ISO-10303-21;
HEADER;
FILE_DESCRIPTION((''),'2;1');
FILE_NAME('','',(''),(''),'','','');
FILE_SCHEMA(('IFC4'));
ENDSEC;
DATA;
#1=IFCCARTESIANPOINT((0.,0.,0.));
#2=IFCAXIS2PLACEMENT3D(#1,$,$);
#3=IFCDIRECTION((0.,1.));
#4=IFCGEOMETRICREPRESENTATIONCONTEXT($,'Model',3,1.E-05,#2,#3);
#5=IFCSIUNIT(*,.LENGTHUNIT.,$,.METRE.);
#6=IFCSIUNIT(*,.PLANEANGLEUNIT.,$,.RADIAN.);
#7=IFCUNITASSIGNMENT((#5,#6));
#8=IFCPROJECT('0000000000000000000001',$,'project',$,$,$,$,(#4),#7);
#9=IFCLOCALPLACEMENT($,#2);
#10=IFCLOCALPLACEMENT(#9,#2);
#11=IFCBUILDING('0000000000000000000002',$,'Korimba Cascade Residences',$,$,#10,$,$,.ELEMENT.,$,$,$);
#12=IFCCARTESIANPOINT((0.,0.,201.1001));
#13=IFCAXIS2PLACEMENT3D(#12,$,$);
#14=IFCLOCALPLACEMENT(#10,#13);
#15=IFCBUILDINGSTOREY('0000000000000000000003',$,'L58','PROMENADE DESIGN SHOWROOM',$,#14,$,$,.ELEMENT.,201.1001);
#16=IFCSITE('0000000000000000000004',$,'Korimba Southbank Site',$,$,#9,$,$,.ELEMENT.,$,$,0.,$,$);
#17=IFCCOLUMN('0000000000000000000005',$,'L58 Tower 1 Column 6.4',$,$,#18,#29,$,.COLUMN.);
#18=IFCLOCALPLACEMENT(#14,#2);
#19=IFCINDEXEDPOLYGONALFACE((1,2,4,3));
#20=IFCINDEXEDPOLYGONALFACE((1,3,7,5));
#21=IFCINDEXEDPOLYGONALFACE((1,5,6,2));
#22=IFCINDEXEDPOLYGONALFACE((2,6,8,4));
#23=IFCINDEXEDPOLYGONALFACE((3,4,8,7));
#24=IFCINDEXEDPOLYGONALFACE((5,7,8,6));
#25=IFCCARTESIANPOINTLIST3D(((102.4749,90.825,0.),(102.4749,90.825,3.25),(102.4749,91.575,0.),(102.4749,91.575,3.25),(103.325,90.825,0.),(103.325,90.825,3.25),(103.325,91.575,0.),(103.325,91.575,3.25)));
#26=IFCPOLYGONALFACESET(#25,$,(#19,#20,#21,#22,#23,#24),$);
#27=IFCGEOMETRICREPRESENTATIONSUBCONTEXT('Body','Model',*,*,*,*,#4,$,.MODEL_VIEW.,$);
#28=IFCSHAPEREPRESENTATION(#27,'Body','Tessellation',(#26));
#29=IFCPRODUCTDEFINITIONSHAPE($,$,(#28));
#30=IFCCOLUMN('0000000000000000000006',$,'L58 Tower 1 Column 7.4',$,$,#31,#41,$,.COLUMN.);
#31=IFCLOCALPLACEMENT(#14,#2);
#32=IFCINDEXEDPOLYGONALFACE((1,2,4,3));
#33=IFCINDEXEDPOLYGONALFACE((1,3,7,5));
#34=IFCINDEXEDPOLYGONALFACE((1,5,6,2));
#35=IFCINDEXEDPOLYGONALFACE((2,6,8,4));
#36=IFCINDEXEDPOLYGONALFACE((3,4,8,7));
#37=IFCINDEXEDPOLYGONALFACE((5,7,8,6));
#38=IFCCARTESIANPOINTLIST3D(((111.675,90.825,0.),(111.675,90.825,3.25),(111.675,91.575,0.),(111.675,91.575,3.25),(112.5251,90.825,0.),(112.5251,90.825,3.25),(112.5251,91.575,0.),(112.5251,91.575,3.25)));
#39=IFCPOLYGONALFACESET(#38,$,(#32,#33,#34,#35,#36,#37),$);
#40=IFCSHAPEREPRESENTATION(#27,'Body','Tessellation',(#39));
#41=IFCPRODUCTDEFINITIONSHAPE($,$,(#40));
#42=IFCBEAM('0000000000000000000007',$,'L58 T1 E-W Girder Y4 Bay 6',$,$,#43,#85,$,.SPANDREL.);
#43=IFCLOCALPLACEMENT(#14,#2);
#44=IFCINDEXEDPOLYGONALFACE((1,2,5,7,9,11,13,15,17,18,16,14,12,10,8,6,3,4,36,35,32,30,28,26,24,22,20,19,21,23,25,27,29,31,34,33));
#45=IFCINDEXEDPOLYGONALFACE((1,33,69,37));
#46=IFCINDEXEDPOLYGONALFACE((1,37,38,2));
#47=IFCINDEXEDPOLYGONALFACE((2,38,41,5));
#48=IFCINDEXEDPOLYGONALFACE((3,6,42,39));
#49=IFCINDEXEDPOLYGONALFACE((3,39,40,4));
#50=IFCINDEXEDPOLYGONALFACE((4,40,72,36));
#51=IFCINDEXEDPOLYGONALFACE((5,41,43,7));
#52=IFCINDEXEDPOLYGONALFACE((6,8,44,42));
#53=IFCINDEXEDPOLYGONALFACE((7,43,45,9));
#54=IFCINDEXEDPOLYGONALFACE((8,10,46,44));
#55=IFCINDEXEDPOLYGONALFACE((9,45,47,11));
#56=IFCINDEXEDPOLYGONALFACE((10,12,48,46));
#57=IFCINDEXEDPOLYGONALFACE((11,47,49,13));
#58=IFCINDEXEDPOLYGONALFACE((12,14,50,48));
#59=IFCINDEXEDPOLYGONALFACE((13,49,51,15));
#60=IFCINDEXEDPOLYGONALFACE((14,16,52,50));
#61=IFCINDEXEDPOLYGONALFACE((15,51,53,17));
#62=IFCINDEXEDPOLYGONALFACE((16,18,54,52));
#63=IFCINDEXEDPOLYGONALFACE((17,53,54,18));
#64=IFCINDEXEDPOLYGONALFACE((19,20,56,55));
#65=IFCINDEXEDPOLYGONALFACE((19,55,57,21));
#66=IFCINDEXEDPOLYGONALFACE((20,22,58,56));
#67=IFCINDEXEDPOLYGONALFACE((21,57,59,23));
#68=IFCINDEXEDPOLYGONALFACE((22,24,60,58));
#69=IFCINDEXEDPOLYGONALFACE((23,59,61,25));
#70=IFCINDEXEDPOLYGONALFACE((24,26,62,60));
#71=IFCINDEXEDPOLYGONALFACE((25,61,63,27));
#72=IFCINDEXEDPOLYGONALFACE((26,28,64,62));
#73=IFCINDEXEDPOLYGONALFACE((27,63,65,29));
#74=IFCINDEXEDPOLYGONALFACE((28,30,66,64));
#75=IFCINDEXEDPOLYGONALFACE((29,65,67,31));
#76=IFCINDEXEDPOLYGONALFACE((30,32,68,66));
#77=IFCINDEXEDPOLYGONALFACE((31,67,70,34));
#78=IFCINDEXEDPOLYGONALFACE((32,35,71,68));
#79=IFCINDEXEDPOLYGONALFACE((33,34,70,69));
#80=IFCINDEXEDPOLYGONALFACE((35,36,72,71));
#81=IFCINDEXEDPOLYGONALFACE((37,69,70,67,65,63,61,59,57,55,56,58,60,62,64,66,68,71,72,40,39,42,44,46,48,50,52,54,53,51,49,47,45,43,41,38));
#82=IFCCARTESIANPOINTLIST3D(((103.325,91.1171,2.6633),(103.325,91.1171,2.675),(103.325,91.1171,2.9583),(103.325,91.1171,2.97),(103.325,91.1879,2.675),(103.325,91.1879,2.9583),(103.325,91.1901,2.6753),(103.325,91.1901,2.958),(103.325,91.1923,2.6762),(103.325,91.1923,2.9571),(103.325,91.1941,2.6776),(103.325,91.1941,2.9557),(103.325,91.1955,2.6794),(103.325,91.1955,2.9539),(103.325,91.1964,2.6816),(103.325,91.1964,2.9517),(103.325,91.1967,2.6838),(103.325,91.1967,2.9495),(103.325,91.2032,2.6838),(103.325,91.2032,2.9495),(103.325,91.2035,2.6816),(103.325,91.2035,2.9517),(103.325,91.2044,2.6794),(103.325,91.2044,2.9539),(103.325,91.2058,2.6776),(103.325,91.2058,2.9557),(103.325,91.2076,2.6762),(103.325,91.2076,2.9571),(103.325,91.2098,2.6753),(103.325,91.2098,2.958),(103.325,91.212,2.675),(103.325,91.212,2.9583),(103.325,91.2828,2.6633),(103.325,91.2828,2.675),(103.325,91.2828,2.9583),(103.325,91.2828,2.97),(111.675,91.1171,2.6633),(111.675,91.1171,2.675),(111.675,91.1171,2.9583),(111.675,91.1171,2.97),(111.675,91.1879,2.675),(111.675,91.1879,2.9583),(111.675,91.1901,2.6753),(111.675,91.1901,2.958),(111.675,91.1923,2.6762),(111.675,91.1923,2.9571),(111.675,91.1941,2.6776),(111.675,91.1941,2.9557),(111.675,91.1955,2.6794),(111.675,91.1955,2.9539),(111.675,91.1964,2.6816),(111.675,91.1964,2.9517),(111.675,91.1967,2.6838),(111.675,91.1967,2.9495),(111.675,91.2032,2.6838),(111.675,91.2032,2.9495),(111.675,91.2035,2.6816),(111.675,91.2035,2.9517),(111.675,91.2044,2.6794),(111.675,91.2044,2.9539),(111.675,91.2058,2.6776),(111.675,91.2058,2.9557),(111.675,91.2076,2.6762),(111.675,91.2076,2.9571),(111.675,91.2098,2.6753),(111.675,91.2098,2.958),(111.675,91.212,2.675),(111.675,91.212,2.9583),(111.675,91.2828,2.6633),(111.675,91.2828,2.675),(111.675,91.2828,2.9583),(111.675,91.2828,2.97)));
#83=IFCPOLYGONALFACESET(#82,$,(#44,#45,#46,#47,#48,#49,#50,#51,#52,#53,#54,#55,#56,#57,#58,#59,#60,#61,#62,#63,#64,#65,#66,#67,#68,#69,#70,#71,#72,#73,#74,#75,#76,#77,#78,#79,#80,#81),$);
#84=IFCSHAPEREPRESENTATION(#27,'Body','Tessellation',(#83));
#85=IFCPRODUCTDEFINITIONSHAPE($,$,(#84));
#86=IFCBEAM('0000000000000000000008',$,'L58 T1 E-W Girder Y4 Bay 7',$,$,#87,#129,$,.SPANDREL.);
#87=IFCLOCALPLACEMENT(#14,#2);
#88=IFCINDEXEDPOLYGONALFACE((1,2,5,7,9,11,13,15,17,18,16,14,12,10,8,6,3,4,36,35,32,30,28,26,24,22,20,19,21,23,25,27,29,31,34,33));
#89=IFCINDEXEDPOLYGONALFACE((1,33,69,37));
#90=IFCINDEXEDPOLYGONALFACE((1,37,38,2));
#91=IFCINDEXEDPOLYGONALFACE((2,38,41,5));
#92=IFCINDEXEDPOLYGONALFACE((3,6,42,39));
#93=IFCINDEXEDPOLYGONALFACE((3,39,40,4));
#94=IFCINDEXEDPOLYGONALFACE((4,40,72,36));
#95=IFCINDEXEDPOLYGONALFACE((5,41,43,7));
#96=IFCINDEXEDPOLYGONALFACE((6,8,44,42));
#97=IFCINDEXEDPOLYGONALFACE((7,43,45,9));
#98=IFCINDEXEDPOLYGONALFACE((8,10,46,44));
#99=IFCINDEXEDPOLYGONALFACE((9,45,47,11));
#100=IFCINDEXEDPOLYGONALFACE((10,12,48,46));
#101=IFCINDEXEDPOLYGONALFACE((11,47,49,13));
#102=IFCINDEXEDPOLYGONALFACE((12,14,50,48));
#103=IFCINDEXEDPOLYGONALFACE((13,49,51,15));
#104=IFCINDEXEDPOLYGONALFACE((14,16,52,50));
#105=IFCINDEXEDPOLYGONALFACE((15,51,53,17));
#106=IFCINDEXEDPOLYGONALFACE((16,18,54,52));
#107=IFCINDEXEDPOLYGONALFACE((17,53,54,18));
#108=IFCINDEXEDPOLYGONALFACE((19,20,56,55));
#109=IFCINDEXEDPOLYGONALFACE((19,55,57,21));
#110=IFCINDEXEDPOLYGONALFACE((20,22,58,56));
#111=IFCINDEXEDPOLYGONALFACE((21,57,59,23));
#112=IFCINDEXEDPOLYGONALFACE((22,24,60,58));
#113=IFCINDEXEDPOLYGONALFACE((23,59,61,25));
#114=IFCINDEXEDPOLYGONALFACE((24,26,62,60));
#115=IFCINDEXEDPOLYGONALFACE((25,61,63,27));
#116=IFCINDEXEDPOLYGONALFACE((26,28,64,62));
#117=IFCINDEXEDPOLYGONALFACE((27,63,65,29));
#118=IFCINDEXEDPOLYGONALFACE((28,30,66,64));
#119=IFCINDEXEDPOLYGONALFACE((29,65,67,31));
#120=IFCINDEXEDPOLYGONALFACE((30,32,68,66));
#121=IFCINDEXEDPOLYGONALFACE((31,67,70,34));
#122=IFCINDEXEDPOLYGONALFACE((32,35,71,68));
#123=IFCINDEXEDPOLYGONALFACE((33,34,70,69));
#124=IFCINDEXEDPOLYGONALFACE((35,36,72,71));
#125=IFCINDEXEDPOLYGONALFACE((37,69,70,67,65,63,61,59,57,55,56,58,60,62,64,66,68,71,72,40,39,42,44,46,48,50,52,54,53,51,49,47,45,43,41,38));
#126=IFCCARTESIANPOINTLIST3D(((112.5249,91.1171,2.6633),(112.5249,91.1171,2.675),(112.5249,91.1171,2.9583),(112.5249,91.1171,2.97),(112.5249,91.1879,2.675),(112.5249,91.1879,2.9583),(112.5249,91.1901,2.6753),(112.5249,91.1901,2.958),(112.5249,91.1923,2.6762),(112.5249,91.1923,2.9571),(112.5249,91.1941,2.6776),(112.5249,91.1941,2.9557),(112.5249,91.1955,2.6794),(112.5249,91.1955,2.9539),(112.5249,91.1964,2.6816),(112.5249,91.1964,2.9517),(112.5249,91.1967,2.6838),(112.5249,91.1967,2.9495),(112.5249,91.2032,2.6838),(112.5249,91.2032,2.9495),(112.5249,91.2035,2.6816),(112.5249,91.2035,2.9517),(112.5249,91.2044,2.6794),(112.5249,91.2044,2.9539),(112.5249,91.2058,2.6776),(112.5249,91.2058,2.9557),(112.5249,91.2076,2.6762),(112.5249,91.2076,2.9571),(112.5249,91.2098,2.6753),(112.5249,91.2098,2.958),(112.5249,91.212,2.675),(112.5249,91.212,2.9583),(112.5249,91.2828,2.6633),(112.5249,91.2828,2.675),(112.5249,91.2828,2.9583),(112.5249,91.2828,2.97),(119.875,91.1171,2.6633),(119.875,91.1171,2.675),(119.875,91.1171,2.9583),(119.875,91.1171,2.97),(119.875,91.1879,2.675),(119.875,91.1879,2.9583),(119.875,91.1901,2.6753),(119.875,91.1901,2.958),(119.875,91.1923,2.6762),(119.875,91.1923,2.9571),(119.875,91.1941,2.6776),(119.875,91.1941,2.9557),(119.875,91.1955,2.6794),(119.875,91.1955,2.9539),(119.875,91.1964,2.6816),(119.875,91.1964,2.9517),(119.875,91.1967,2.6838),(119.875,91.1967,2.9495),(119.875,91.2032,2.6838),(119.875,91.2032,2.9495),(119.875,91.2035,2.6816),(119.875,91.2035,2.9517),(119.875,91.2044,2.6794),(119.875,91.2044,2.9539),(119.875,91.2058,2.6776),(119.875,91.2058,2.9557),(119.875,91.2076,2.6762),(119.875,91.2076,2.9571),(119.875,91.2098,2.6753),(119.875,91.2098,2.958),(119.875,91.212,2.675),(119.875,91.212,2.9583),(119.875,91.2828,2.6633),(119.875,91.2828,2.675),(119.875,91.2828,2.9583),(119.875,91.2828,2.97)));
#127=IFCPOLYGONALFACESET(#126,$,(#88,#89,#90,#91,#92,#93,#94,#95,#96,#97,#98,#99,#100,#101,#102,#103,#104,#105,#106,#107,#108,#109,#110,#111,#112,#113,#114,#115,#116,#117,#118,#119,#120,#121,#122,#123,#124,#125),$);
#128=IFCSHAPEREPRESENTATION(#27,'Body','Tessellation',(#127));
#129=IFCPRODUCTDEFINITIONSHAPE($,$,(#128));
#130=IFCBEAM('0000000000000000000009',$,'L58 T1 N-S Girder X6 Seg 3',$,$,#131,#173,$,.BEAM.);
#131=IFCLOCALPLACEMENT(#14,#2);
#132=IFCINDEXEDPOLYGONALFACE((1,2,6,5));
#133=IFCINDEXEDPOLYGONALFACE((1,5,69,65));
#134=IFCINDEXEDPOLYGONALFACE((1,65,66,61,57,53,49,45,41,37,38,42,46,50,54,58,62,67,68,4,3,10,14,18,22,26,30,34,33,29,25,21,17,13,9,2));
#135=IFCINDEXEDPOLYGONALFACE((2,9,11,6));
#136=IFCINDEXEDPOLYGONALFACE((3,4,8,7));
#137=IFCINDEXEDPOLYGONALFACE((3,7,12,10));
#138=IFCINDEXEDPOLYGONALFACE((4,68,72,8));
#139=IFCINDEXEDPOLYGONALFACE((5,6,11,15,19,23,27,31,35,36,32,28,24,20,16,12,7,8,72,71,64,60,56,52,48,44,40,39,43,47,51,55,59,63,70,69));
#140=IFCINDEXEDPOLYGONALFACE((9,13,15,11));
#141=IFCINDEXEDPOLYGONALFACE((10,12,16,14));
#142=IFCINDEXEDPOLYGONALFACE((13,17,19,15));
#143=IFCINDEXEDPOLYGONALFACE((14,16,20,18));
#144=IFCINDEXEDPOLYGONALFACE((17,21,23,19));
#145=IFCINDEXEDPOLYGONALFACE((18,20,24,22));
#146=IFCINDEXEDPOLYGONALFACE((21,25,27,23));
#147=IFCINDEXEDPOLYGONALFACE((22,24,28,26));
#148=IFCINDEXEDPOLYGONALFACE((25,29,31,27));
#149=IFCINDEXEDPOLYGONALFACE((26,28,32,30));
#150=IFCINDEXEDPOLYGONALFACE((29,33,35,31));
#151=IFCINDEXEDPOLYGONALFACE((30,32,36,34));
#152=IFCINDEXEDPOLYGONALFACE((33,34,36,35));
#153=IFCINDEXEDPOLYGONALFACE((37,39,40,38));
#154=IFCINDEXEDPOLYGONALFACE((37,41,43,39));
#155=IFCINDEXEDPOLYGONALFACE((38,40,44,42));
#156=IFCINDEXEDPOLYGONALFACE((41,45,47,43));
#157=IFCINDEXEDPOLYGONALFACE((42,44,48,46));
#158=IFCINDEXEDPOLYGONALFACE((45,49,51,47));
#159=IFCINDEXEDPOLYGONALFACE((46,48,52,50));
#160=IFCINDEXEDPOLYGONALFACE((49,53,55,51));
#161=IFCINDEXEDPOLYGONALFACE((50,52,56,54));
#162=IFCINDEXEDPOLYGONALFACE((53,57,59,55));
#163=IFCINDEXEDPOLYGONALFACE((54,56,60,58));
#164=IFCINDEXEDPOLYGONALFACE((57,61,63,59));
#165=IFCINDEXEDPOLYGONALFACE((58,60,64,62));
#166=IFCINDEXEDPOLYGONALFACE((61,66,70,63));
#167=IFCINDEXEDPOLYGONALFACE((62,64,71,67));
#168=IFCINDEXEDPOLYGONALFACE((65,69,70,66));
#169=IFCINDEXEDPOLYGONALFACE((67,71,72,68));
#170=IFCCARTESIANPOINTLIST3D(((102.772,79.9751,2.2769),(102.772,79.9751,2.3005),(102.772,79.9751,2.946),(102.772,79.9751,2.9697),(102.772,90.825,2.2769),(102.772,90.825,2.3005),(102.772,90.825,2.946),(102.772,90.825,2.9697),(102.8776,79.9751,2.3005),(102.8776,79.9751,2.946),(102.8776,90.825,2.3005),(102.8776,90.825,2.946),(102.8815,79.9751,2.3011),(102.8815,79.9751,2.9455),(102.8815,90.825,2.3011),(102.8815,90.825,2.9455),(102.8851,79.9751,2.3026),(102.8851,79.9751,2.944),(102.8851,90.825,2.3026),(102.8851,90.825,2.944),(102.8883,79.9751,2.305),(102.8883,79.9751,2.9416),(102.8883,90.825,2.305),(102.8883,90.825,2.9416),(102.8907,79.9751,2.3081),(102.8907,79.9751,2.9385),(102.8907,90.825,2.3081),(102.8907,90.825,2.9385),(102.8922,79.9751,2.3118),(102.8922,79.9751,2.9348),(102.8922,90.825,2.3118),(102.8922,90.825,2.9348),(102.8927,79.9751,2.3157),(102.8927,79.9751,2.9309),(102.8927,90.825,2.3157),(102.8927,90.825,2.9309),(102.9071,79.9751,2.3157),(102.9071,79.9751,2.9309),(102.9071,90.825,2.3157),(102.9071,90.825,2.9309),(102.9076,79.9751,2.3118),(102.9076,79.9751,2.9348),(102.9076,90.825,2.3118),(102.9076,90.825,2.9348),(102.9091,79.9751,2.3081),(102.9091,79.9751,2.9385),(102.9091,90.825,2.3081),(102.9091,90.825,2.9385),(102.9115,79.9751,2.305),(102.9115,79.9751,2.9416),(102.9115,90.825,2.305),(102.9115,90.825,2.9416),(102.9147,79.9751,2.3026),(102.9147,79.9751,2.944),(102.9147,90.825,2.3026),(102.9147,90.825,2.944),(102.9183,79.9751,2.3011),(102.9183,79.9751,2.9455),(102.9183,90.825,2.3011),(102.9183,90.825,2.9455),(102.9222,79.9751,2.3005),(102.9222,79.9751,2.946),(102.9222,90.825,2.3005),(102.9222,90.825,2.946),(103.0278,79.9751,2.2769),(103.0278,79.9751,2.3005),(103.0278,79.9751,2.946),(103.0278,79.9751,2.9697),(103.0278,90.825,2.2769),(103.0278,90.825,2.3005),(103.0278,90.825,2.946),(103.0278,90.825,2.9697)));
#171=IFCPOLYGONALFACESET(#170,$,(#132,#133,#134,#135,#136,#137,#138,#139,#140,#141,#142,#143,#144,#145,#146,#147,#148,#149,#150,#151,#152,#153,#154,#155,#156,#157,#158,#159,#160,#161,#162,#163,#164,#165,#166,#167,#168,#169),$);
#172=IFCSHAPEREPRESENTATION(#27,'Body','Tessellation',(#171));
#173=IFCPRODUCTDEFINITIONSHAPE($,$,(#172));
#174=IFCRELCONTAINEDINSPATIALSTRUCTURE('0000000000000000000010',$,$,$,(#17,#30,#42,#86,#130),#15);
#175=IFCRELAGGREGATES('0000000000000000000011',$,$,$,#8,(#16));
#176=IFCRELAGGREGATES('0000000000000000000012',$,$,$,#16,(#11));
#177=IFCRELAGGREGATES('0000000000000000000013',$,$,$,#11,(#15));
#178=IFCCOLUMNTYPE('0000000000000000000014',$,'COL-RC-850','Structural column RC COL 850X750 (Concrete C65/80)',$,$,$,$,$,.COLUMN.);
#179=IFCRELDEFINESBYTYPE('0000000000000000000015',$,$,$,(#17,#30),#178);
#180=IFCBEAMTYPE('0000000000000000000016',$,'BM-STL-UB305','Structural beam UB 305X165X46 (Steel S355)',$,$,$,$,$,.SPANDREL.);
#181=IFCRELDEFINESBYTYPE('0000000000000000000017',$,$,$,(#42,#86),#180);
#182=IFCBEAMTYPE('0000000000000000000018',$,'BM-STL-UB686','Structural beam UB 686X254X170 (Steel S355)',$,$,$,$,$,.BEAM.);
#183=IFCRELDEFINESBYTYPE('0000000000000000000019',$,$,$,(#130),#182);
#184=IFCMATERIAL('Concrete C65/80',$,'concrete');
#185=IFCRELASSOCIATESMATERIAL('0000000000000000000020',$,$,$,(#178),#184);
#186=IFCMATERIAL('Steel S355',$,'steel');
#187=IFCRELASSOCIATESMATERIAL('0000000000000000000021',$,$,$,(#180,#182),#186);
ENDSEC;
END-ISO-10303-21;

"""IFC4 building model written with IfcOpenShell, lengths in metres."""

from ifc_helpers import new_model, si_unit, direction, frame, origin, origin_2d, place, context, subcontext, project, spatial, rectangle, i_section, extrude, material, material_profile, profile_set, type_object, element, save


model = new_model("IFC4")

# Units and contexts
model_context = context("Model", 3, precision=1e-05, world=origin(), true_north=direction((0.0, 1.0)))
body_context = subcontext(model_context, "Body", "Model", "MODEL_VIEW")
ifc_project = project(units=[si_unit("LENGTHUNIT", "METRE"), si_unit("PLANEANGLEUNIT", "RADIAN")], contexts=[model_context])

# Site, building, storey
site_placement = place(None, origin())
site = spatial("IfcSite", under=ifc_project, at=site_placement, Name="Korimba Southbank Site", CompositionType="ELEMENT", RefElevation=0.0)
building_placement = place(site_placement, origin())
building = spatial("IfcBuilding", under=site, at=building_placement, Name="Korimba Cascade Residences", CompositionType="ELEMENT")
storey_placement = place(building_placement, frame((0.0, 0.0, 201.1001)))
storey = spatial("IfcBuildingStorey", under=building, at=storey_placement, Name="L58", Description="PROMENADE DESIGN SHOWROOM", CompositionType="ELEMENT", Elevation=201.1001)

# Columns
ifc_material_1 = material(Name="Concrete C65/80", Category="concrete")
ifc_material_profile_1 = material_profile(ifc_material_1, rectangle(XDim=0.8501, YDim=0.75, at=origin_2d()), Name="Concrete C65/80")
ifc_profile_set_1 = profile_set([ifc_material_profile_1], Name="Concrete C65/80")
column_type = type_object("IfcColumnType", Name="COL-RC-850", Description="Structural column RC COL 850X750 (Concrete C65/80)", PredefinedType="COLUMN", material=ifc_profile_set_1)
for number, where, z_axis, x_axis, name in (
    (1, (102.8999, 91.2, 0.0), (0.0, 0.0, 1.0), (1.0, 0.0, 0.0), "L58 Tower 1 Column 6.4"),
    (2, (112.1001, 91.2, 0.0), (0.0, 0.0, 1.0), (1.0, 0.0, 0.0), "L58 Tower 1 Column 7.4"),
):
    element("IfcColumn", number, at=place(storey_placement, frame(where, z_axis=z_axis, x_axis=x_axis)), inside=storey, type_object=column_type, Name=name, PredefinedType="COLUMN", context=body_context, shape_type="SweptSolid", body=[
        extrude(rectangle(XDim=0.8501, YDim=0.75, at=origin_2d()), origin(), (0.0, 0.0, 1.0), 3.25),
    ])

# Beams
ifc_material_2 = material(Name="Steel S355", Category="steel")
ifc_material_profile_2 = material_profile(ifc_material_2, i_section(OverallWidth=0.1658, OverallDepth=0.3066, WebThickness=0.0066, FlangeThickness=0.0117, FilletRadius=0.0088, at=origin_2d()), Name="Steel S355")
ifc_profile_set_2 = profile_set([ifc_material_profile_2], Name="Steel S355")
beam_type_1 = type_object("IfcBeamType", Name="BM-STL-UB305", Description="Structural beam UB 305X165X46 (Steel S355)", PredefinedType="SPANDREL", material=ifc_profile_set_2)
beam_1_placement = place(storey_placement, frame((103.325, 91.2, 2.8167), z_axis=(1.0, 0.0, 0.0), x_axis=(0.0, 1.0, 0.0)))
element("IfcBeam", 3, at=beam_1_placement, inside=storey, type_object=beam_type_1, Name="L58 T1 E-W Girder Y4 Bay 6", PredefinedType="SPANDREL", context=body_context, shape_type="SweptSolid", body=[
    extrude(i_section(OverallWidth=0.1658, OverallDepth=0.3066, WebThickness=0.0066, FlangeThickness=0.0117, FilletRadius=0.0088, at=origin_2d()), origin(), (0.0, 0.0, 1.0), 8.3501),
])
beam_2_placement = place(storey_placement, frame((112.5249, 91.2, 2.8167), z_axis=(1.0, 0.0, 0.0), x_axis=(0.0, 1.0, 0.0)))
element("IfcBeam", 4, at=beam_2_placement, inside=storey, type_object=beam_type_1, Name="L58 T1 E-W Girder Y4 Bay 7", PredefinedType="SPANDREL", context=body_context, shape_type="SweptSolid", body=[
    extrude(i_section(OverallWidth=0.1658, OverallDepth=0.3066, WebThickness=0.0066, FlangeThickness=0.0117, FilletRadius=0.0088, at=origin_2d()), origin(), (0.0, 0.0, 1.0), 7.3501),
])
ifc_material_profile_3 = material_profile(ifc_material_2, i_section(OverallWidth=0.2559, OverallDepth=0.6929, WebThickness=0.0144, FlangeThickness=0.0237, FilletRadius=0.0151, at=origin_2d()), Name="Steel S355")
ifc_profile_set_3 = profile_set([ifc_material_profile_3], Name="Steel S355")
beam_type_2 = type_object("IfcBeamType", Name="BM-STL-UB686", Description="Structural beam UB 686X254X170 (Steel S355)", PredefinedType="BEAM", material=ifc_profile_set_3)
for number, where, z_axis, x_axis, name in (
    (5, (102.8999, 79.9751, 2.6233), (0.0, 1.0, 0.0), (-1.0, 0.0, 0.0), "L58 T1 N-S Girder X6 Seg 3"),
):
    element("IfcBeam", number, at=place(storey_placement, frame(where, z_axis=z_axis, x_axis=x_axis)), inside=storey, type_object=beam_type_2, Name=name, PredefinedType="BEAM", context=body_context, shape_type="SweptSolid", body=[
        extrude(i_section(OverallWidth=0.2559, OverallDepth=0.6929, WebThickness=0.0144, FlangeThickness=0.0237, FilletRadius=0.0151, at=origin_2d()), origin(), (0.0, 0.0, 1.0), 10.8499),
    ])

save(model, "model.ifc")
